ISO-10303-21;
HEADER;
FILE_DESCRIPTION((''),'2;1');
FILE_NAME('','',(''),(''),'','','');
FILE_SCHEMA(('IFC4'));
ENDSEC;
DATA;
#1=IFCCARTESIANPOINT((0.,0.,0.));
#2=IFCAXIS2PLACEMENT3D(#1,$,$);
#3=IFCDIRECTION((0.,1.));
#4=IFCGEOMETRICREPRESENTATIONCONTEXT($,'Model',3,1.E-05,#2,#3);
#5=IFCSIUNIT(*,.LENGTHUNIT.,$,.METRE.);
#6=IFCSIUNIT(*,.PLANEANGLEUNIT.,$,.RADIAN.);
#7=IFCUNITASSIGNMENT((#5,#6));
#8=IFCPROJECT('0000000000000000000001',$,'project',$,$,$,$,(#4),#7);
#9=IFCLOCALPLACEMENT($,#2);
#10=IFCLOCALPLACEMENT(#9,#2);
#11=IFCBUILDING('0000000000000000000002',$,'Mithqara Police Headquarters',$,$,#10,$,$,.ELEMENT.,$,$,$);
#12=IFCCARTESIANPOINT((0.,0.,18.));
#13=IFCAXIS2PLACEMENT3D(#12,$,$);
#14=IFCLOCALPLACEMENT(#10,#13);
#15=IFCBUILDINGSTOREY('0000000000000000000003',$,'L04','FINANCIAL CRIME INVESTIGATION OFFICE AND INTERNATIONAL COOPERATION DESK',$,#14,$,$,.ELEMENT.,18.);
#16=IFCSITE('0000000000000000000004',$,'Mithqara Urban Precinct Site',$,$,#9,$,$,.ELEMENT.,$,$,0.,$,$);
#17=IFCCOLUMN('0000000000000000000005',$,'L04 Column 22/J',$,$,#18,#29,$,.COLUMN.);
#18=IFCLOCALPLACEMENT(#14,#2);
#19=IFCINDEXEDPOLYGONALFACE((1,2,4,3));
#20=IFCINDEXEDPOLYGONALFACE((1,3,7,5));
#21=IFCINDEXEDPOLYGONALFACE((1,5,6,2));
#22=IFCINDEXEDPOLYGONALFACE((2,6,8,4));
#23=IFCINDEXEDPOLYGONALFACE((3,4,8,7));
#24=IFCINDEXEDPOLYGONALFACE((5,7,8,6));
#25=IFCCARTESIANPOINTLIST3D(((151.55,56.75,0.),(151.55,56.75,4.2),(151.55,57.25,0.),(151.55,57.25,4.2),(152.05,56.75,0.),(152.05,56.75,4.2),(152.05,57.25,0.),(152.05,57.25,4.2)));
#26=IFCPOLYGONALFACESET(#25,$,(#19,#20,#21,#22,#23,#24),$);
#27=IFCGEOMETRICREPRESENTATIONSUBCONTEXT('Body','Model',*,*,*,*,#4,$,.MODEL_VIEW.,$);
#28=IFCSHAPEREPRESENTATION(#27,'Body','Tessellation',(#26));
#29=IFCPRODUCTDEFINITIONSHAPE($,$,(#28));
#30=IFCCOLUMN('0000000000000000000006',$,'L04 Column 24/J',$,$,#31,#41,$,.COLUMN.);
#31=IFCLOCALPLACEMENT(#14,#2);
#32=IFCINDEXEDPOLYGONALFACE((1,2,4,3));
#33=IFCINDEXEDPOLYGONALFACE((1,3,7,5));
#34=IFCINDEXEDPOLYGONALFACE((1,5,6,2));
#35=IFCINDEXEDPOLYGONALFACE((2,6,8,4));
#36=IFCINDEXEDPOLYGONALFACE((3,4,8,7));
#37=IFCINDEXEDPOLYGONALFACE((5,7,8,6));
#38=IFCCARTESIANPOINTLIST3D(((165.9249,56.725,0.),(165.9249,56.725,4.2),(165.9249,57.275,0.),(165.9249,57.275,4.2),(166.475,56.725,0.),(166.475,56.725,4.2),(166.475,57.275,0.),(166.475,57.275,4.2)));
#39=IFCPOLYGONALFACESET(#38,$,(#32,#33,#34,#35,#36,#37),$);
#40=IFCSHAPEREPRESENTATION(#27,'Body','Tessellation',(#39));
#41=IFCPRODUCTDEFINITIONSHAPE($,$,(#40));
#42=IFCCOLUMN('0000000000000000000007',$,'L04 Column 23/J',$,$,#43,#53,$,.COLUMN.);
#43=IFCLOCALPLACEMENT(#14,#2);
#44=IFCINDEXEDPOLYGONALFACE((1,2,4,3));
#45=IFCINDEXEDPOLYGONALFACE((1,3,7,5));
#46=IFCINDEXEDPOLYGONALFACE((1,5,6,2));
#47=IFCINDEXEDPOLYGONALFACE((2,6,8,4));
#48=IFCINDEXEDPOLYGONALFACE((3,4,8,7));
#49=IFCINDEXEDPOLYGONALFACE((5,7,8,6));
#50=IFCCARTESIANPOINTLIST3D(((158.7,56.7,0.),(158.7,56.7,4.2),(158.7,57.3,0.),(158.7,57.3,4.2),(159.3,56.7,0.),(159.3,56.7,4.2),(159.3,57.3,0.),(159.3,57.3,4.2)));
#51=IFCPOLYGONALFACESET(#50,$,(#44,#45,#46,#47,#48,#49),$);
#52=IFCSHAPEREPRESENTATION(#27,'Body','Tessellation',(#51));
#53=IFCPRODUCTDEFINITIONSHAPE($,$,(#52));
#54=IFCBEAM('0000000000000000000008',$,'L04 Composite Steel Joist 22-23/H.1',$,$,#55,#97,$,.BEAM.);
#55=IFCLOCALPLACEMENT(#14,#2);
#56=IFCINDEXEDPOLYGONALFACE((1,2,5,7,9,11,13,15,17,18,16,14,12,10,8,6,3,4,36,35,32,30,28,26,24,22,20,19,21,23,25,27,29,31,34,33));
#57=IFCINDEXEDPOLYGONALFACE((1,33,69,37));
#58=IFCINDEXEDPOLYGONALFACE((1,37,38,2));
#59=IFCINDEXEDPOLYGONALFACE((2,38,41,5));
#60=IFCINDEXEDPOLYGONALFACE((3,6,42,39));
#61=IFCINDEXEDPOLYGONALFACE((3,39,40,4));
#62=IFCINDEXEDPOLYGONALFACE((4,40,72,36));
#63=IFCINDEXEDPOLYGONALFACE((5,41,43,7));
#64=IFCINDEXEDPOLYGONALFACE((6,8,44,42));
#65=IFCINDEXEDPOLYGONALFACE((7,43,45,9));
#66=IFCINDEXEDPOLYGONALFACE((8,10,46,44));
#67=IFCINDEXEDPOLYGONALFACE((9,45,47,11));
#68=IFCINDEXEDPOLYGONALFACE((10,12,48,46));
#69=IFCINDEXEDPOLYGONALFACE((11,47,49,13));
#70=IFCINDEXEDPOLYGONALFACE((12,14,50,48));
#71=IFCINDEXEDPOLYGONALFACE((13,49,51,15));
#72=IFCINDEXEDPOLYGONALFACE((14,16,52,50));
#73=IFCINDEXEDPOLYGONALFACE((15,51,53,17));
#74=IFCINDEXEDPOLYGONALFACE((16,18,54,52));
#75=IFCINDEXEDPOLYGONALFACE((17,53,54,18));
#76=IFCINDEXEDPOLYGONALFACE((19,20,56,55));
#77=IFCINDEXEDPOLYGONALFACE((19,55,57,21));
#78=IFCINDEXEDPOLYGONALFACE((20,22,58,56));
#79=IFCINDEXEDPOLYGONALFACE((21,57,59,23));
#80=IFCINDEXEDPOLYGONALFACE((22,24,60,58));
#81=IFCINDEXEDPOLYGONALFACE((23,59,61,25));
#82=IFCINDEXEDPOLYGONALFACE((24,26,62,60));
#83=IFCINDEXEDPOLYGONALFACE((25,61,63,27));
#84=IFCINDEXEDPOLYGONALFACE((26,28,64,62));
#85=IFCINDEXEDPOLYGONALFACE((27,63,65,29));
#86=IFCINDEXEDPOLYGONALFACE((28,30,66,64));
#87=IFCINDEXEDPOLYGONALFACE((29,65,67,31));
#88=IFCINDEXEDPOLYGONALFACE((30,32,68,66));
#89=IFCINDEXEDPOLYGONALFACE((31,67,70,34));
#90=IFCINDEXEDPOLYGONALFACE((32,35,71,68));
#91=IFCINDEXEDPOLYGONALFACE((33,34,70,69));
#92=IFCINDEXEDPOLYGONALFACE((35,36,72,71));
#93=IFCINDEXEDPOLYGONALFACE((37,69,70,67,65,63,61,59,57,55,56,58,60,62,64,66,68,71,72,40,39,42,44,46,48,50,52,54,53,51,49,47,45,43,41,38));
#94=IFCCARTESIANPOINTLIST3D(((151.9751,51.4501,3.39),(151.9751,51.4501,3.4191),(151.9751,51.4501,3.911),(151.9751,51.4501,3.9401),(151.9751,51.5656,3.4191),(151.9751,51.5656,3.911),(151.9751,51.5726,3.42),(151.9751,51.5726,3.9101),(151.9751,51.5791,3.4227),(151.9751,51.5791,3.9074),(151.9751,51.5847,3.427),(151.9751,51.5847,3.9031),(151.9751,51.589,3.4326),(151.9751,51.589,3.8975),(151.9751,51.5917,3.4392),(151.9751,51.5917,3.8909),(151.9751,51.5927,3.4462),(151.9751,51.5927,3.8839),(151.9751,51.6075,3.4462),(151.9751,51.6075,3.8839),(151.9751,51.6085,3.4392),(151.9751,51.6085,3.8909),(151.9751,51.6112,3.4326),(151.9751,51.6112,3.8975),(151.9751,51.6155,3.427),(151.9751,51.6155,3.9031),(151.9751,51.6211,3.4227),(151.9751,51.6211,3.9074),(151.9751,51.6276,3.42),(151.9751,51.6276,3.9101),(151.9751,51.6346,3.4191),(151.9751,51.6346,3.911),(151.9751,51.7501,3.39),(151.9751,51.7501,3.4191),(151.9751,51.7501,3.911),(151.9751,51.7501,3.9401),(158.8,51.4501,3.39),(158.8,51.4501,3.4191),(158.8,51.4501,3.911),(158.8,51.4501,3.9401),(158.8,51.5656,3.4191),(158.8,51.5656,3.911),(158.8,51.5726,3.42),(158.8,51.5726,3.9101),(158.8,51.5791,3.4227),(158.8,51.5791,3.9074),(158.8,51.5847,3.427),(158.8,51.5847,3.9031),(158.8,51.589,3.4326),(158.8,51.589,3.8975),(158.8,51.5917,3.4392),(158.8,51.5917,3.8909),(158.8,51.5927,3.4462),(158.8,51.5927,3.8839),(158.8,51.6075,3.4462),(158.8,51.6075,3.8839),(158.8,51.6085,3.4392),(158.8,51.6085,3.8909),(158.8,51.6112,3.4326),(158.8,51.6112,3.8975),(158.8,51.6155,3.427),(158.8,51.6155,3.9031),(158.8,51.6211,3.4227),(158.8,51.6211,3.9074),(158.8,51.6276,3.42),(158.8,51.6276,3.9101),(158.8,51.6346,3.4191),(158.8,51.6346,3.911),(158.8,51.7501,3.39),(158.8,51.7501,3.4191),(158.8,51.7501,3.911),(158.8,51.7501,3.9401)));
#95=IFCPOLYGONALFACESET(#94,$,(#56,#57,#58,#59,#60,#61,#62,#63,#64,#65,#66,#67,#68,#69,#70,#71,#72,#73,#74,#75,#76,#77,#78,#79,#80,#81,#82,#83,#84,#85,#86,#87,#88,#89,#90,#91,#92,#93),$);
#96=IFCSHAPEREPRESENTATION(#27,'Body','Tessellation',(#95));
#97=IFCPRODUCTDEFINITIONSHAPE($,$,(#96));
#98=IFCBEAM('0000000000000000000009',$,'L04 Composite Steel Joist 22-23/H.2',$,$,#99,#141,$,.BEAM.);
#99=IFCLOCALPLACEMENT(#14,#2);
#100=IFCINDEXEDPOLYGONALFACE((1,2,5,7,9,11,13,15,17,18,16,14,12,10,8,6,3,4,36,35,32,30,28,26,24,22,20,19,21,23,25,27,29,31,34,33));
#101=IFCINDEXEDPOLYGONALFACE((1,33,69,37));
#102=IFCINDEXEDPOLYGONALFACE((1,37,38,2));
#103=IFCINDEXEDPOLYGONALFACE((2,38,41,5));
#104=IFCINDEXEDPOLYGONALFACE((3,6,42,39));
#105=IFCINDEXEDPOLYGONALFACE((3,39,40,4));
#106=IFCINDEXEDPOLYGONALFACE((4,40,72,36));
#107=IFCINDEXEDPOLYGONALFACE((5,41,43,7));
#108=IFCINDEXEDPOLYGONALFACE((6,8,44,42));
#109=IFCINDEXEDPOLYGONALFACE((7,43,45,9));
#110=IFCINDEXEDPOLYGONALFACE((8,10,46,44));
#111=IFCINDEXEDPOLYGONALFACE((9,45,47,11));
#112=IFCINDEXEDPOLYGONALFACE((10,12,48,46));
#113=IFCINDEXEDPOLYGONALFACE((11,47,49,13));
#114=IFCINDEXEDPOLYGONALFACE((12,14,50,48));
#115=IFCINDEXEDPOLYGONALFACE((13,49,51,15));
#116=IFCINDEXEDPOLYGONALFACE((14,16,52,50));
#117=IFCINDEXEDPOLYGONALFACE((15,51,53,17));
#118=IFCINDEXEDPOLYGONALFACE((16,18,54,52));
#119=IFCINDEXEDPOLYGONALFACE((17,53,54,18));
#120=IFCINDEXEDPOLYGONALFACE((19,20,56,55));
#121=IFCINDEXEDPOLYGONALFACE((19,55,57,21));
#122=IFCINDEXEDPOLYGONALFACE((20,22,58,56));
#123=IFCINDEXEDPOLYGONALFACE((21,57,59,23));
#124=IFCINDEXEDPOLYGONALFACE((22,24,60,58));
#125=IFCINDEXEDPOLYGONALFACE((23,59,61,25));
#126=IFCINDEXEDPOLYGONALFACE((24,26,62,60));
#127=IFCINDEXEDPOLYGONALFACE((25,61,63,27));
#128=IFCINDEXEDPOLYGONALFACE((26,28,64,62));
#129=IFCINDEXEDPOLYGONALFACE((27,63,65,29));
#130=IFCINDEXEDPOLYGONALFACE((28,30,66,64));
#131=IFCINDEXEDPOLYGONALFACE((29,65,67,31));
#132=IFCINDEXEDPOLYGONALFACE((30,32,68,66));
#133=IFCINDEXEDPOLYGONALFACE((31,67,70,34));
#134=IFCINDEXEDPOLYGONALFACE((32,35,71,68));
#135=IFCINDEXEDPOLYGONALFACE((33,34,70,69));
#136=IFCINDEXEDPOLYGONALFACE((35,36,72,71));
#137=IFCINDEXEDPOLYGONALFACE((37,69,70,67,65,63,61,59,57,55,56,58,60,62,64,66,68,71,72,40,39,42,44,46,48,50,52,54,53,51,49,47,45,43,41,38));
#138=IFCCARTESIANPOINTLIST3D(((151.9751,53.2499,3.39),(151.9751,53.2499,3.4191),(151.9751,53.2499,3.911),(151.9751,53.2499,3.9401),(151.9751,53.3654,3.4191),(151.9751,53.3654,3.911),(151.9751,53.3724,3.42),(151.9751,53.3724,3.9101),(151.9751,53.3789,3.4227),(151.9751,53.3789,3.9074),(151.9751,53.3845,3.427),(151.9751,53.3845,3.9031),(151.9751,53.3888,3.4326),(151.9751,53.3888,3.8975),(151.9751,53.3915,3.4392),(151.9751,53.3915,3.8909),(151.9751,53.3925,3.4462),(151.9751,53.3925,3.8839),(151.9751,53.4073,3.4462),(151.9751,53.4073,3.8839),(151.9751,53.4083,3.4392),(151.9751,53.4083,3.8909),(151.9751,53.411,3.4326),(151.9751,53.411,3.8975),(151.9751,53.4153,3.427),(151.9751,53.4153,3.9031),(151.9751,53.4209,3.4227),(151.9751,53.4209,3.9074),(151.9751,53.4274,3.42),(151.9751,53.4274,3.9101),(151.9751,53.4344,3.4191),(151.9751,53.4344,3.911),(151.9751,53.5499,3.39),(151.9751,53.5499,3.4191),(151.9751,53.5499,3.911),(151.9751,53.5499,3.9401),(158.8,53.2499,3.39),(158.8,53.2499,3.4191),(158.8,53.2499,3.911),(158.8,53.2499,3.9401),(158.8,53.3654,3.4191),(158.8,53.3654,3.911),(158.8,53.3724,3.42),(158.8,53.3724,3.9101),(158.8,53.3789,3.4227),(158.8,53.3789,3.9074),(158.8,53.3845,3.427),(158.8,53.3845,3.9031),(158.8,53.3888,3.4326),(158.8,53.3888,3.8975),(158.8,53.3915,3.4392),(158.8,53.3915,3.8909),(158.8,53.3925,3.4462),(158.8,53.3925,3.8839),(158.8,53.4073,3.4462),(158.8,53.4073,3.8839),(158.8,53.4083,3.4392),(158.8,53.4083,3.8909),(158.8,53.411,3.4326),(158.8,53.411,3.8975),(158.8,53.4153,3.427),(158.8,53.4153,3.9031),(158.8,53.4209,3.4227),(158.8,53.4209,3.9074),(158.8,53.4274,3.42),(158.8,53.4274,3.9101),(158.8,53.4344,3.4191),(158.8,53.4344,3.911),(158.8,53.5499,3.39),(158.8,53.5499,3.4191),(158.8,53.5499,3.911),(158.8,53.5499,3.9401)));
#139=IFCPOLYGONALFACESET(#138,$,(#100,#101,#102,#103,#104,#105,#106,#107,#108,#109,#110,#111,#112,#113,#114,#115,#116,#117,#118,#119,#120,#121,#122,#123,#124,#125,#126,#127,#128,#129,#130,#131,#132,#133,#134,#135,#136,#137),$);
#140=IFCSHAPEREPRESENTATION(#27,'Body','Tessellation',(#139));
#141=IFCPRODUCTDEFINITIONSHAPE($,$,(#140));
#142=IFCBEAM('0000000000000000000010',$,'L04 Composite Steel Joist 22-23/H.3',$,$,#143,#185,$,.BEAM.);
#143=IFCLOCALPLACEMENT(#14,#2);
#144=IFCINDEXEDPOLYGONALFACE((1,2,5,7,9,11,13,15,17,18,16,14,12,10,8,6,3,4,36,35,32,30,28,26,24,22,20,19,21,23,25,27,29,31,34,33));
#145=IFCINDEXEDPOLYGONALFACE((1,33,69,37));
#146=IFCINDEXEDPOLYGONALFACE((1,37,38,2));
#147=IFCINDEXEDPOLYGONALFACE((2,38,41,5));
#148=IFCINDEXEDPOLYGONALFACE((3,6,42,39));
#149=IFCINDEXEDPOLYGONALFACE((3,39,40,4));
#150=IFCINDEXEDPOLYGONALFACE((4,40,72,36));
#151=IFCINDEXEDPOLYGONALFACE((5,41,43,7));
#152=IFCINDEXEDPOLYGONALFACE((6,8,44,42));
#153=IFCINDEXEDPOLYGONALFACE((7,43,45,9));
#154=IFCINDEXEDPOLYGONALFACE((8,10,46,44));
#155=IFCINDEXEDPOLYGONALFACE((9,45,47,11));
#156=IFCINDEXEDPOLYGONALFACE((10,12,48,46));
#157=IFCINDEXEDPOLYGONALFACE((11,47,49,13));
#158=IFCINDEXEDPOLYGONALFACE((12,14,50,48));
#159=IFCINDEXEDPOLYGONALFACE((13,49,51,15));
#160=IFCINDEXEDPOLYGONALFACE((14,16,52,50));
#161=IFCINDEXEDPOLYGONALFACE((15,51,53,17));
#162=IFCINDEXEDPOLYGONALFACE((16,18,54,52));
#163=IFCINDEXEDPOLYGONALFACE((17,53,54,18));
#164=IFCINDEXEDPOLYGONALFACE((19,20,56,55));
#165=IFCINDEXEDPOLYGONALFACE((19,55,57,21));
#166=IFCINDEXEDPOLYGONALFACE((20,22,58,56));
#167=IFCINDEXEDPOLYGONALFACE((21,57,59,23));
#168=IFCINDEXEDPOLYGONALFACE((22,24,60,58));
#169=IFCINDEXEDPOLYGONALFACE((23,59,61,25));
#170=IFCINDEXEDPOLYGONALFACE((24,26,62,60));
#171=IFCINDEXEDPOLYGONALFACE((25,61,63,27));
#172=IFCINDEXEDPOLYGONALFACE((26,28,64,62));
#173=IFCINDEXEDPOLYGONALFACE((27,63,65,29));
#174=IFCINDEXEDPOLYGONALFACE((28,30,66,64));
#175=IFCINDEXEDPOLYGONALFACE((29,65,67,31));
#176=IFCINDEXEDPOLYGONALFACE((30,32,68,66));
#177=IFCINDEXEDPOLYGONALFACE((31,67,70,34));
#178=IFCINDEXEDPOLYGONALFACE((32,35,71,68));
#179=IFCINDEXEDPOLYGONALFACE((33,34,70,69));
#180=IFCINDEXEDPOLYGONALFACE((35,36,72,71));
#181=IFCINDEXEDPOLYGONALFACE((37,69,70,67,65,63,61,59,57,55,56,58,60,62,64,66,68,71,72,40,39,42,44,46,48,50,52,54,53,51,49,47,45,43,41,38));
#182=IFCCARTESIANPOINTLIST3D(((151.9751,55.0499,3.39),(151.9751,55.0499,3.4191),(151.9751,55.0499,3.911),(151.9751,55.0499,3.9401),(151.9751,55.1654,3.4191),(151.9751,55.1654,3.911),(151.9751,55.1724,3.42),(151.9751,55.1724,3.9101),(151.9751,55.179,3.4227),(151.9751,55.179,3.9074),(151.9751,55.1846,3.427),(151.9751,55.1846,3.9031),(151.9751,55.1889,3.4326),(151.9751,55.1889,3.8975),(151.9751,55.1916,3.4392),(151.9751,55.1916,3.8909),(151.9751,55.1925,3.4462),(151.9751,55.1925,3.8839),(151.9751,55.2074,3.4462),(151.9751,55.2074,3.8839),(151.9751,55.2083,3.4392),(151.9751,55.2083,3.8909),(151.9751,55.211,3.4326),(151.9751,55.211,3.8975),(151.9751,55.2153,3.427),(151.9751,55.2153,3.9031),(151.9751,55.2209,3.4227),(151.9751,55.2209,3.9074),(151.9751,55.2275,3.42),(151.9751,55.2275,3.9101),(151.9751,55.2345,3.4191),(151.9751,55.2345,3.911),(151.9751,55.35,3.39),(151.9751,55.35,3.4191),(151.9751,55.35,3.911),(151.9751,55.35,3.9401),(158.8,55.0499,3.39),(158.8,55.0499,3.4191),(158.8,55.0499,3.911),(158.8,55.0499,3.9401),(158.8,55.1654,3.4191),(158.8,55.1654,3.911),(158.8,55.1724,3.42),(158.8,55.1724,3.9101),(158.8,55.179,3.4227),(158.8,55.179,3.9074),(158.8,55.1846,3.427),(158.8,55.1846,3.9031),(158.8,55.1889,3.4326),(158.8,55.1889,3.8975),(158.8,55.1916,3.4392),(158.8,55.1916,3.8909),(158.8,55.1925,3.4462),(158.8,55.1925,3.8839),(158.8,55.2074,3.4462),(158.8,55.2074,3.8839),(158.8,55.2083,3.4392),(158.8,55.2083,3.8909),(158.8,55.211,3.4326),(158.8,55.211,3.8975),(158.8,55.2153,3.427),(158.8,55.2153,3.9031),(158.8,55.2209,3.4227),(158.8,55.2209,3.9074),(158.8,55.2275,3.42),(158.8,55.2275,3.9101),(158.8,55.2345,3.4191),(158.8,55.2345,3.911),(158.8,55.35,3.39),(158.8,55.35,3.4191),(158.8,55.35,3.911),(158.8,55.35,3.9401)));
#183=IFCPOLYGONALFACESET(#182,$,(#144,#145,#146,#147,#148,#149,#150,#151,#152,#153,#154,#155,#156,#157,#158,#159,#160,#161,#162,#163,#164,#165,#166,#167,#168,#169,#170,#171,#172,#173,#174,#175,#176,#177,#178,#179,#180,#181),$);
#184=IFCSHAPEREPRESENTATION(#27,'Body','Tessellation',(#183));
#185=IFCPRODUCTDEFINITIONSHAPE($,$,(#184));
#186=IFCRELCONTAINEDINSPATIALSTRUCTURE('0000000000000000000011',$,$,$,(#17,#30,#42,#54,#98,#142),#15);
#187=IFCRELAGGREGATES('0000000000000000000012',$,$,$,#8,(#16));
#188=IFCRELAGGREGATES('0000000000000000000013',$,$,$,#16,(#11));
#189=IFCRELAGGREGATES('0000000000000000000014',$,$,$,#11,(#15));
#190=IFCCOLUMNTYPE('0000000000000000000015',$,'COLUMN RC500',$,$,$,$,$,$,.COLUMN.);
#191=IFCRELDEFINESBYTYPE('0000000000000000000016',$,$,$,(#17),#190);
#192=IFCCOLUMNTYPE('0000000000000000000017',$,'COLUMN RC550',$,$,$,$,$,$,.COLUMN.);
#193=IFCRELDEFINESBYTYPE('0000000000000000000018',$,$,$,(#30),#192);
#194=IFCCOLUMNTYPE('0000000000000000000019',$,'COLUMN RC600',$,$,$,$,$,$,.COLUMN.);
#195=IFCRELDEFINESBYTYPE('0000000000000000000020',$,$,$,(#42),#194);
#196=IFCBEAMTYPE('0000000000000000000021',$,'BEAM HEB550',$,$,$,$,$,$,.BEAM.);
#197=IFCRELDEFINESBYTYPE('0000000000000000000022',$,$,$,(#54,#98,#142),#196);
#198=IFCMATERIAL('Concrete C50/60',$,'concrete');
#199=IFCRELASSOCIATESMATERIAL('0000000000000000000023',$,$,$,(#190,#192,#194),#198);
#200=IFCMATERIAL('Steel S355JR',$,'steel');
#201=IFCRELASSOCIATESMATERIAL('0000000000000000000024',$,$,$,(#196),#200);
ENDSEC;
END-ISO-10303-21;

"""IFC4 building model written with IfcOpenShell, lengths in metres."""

from ifc_helpers import new_model, si_unit, direction, frame, origin, origin_2d, place, context, subcontext, project, spatial, rectangle, i_section, extrude, material, material_profile, profile_set, type_object, element, save


model = new_model("IFC4")

# Units and contexts
model_context = context("Model", 3, precision=1e-05, world=origin(), true_north=direction((0.0, 1.0)))
body_context = subcontext(model_context, "Body", "Model", "MODEL_VIEW")
ifc_project = project(units=[si_unit("LENGTHUNIT", "METRE"), si_unit("PLANEANGLEUNIT", "RADIAN")], contexts=[model_context])

# Site, building, storey
site_placement = place(None, origin())
site = spatial("IfcSite", under=ifc_project, at=site_placement, Name="Mithqara Urban Precinct Site", CompositionType="ELEMENT", RefElevation=0.0)
building_placement = place(site_placement, origin())
building = spatial("IfcBuilding", under=site, at=building_placement, Name="Mithqara Police Headquarters", CompositionType="ELEMENT")
storey_placement = place(building_placement, frame((0.0, 0.0, 18.0)))
storey = spatial("IfcBuildingStorey", under=building, at=storey_placement, Name="L04", Description="FINANCIAL CRIME INVESTIGATION OFFICE AND INTERNATIONAL COOPERATION DESK", CompositionType="ELEMENT", Elevation=18.0)

# Columns
ifc_material_1 = material(Name="Concrete C50/60", Category="concrete")
ifc_material_profile_1 = material_profile(ifc_material_1, rectangle(XDim=0.5, YDim=0.5, at=origin_2d()), Name="RC 500x500")
ifc_profile_set_1 = profile_set([ifc_material_profile_1], Name="Concrete C50/60")
column_type_1 = type_object("IfcColumnType", Name="COLUMN RC500", PredefinedType="COLUMN", material=ifc_profile_set_1)
column_1_placement = place(storey_placement, frame((151.8, 57.0, 0.0), z_axis=(0.0, 0.0, 1.0), x_axis=(1.0, 0.0, 0.0)))
element("IfcColumn", 1, at=column_1_placement, inside=storey, type_object=column_type_1, Name="L04 Column 22/J", PredefinedType="COLUMN", context=body_context, shape_type="SweptSolid", body=[
    extrude(rectangle(XDim=0.5, YDim=0.5, at=origin_2d()), origin(), (0.0, 0.0, 1.0), 4.2),
])
ifc_material_profile_2 = material_profile(ifc_material_1, rectangle(XDim=0.55, YDim=0.55, at=origin_2d()), Name="RC 550x550")
ifc_profile_set_2 = profile_set([ifc_material_profile_2], Name="Concrete C50/60")
column_type_2 = type_object("IfcColumnType", Name="COLUMN RC550", PredefinedType="COLUMN", material=ifc_profile_set_2)
column_2_placement = place(storey_placement, frame((166.2, 57.0, 0.0), z_axis=(0.0, 0.0, 1.0), x_axis=(1.0, 0.0, 0.0)))
element("IfcColumn", 2, at=column_2_placement, inside=storey, type_object=column_type_2, Name="L04 Column 24/J", PredefinedType="COLUMN", context=body_context, shape_type="SweptSolid", body=[
    extrude(rectangle(XDim=0.55, YDim=0.55, at=origin_2d()), origin(), (0.0, 0.0, 1.0), 4.2),
])
ifc_material_profile_3 = material_profile(ifc_material_1, rectangle(XDim=0.6001, YDim=0.6001, at=origin_2d()), Name="RC 600x600")
ifc_profile_set_3 = profile_set([ifc_material_profile_3], Name="Concrete C50/60")
column_type_3 = type_object("IfcColumnType", Name="COLUMN RC600", PredefinedType="COLUMN", material=ifc_profile_set_3)
column_3_placement = place(storey_placement, frame((159.0, 57.0, 0.0), z_axis=(0.0, 0.0, 1.0), x_axis=(1.0, 0.0, 0.0)))
element("IfcColumn", 3, at=column_3_placement, inside=storey, type_object=column_type_3, Name="L04 Column 23/J", PredefinedType="COLUMN", context=body_context, shape_type="SweptSolid", body=[
    extrude(rectangle(XDim=0.6001, YDim=0.6001, at=origin_2d()), origin(), (0.0, 0.0, 1.0), 4.2),
])

# Beams
ifc_material_2 = material(Name="Steel S355JR", Category="steel")
ifc_material_profile_4 = material_profile(ifc_material_2, i_section(OverallWidth=0.3, OverallDepth=0.55, WebThickness=0.0149, FlangeThickness=0.0291, FilletRadius=0.0271, at=origin_2d()), Name="HEB 550")
ifc_profile_set_4 = profile_set([ifc_material_profile_4], Name="Steel S355JR")
beam_type_1 = type_object("IfcBeamType", Name="BEAM HEB550", PredefinedType="BEAM", material=ifc_profile_set_4)
for number, where, z_axis, x_axis, name in (
    (4, (151.9751, 51.6001, 3.665), (1.0, 0.0, 0.0), (0.0, 1.0, 0.0), "L04 Composite Steel Joist 22-23/H.1"),
    (5, (151.9751, 53.3999, 3.665), (1.0, 0.0, 0.0), (0.0, 1.0, 0.0), "L04 Composite Steel Joist 22-23/H.2"),
    (6, (151.9751, 55.2, 3.665), (1.0, 0.0, 0.0), (0.0, 1.0, 0.0), "L04 Composite Steel Joist 22-23/H.3"),
):
    element("IfcBeam", number, at=place(storey_placement, frame(where, z_axis=z_axis, x_axis=x_axis)), inside=storey, type_object=beam_type_1, Name=name, PredefinedType="BEAM", context=body_context, shape_type="SweptSolid", body=[
        extrude(i_section(OverallWidth=0.3, OverallDepth=0.55, WebThickness=0.0149, FlangeThickness=0.0291, FilletRadius=0.0271, at=origin_2d()), origin(), (0.0, 0.0, 1.0), 6.825),
    ])

save(model, "model.ifc")
